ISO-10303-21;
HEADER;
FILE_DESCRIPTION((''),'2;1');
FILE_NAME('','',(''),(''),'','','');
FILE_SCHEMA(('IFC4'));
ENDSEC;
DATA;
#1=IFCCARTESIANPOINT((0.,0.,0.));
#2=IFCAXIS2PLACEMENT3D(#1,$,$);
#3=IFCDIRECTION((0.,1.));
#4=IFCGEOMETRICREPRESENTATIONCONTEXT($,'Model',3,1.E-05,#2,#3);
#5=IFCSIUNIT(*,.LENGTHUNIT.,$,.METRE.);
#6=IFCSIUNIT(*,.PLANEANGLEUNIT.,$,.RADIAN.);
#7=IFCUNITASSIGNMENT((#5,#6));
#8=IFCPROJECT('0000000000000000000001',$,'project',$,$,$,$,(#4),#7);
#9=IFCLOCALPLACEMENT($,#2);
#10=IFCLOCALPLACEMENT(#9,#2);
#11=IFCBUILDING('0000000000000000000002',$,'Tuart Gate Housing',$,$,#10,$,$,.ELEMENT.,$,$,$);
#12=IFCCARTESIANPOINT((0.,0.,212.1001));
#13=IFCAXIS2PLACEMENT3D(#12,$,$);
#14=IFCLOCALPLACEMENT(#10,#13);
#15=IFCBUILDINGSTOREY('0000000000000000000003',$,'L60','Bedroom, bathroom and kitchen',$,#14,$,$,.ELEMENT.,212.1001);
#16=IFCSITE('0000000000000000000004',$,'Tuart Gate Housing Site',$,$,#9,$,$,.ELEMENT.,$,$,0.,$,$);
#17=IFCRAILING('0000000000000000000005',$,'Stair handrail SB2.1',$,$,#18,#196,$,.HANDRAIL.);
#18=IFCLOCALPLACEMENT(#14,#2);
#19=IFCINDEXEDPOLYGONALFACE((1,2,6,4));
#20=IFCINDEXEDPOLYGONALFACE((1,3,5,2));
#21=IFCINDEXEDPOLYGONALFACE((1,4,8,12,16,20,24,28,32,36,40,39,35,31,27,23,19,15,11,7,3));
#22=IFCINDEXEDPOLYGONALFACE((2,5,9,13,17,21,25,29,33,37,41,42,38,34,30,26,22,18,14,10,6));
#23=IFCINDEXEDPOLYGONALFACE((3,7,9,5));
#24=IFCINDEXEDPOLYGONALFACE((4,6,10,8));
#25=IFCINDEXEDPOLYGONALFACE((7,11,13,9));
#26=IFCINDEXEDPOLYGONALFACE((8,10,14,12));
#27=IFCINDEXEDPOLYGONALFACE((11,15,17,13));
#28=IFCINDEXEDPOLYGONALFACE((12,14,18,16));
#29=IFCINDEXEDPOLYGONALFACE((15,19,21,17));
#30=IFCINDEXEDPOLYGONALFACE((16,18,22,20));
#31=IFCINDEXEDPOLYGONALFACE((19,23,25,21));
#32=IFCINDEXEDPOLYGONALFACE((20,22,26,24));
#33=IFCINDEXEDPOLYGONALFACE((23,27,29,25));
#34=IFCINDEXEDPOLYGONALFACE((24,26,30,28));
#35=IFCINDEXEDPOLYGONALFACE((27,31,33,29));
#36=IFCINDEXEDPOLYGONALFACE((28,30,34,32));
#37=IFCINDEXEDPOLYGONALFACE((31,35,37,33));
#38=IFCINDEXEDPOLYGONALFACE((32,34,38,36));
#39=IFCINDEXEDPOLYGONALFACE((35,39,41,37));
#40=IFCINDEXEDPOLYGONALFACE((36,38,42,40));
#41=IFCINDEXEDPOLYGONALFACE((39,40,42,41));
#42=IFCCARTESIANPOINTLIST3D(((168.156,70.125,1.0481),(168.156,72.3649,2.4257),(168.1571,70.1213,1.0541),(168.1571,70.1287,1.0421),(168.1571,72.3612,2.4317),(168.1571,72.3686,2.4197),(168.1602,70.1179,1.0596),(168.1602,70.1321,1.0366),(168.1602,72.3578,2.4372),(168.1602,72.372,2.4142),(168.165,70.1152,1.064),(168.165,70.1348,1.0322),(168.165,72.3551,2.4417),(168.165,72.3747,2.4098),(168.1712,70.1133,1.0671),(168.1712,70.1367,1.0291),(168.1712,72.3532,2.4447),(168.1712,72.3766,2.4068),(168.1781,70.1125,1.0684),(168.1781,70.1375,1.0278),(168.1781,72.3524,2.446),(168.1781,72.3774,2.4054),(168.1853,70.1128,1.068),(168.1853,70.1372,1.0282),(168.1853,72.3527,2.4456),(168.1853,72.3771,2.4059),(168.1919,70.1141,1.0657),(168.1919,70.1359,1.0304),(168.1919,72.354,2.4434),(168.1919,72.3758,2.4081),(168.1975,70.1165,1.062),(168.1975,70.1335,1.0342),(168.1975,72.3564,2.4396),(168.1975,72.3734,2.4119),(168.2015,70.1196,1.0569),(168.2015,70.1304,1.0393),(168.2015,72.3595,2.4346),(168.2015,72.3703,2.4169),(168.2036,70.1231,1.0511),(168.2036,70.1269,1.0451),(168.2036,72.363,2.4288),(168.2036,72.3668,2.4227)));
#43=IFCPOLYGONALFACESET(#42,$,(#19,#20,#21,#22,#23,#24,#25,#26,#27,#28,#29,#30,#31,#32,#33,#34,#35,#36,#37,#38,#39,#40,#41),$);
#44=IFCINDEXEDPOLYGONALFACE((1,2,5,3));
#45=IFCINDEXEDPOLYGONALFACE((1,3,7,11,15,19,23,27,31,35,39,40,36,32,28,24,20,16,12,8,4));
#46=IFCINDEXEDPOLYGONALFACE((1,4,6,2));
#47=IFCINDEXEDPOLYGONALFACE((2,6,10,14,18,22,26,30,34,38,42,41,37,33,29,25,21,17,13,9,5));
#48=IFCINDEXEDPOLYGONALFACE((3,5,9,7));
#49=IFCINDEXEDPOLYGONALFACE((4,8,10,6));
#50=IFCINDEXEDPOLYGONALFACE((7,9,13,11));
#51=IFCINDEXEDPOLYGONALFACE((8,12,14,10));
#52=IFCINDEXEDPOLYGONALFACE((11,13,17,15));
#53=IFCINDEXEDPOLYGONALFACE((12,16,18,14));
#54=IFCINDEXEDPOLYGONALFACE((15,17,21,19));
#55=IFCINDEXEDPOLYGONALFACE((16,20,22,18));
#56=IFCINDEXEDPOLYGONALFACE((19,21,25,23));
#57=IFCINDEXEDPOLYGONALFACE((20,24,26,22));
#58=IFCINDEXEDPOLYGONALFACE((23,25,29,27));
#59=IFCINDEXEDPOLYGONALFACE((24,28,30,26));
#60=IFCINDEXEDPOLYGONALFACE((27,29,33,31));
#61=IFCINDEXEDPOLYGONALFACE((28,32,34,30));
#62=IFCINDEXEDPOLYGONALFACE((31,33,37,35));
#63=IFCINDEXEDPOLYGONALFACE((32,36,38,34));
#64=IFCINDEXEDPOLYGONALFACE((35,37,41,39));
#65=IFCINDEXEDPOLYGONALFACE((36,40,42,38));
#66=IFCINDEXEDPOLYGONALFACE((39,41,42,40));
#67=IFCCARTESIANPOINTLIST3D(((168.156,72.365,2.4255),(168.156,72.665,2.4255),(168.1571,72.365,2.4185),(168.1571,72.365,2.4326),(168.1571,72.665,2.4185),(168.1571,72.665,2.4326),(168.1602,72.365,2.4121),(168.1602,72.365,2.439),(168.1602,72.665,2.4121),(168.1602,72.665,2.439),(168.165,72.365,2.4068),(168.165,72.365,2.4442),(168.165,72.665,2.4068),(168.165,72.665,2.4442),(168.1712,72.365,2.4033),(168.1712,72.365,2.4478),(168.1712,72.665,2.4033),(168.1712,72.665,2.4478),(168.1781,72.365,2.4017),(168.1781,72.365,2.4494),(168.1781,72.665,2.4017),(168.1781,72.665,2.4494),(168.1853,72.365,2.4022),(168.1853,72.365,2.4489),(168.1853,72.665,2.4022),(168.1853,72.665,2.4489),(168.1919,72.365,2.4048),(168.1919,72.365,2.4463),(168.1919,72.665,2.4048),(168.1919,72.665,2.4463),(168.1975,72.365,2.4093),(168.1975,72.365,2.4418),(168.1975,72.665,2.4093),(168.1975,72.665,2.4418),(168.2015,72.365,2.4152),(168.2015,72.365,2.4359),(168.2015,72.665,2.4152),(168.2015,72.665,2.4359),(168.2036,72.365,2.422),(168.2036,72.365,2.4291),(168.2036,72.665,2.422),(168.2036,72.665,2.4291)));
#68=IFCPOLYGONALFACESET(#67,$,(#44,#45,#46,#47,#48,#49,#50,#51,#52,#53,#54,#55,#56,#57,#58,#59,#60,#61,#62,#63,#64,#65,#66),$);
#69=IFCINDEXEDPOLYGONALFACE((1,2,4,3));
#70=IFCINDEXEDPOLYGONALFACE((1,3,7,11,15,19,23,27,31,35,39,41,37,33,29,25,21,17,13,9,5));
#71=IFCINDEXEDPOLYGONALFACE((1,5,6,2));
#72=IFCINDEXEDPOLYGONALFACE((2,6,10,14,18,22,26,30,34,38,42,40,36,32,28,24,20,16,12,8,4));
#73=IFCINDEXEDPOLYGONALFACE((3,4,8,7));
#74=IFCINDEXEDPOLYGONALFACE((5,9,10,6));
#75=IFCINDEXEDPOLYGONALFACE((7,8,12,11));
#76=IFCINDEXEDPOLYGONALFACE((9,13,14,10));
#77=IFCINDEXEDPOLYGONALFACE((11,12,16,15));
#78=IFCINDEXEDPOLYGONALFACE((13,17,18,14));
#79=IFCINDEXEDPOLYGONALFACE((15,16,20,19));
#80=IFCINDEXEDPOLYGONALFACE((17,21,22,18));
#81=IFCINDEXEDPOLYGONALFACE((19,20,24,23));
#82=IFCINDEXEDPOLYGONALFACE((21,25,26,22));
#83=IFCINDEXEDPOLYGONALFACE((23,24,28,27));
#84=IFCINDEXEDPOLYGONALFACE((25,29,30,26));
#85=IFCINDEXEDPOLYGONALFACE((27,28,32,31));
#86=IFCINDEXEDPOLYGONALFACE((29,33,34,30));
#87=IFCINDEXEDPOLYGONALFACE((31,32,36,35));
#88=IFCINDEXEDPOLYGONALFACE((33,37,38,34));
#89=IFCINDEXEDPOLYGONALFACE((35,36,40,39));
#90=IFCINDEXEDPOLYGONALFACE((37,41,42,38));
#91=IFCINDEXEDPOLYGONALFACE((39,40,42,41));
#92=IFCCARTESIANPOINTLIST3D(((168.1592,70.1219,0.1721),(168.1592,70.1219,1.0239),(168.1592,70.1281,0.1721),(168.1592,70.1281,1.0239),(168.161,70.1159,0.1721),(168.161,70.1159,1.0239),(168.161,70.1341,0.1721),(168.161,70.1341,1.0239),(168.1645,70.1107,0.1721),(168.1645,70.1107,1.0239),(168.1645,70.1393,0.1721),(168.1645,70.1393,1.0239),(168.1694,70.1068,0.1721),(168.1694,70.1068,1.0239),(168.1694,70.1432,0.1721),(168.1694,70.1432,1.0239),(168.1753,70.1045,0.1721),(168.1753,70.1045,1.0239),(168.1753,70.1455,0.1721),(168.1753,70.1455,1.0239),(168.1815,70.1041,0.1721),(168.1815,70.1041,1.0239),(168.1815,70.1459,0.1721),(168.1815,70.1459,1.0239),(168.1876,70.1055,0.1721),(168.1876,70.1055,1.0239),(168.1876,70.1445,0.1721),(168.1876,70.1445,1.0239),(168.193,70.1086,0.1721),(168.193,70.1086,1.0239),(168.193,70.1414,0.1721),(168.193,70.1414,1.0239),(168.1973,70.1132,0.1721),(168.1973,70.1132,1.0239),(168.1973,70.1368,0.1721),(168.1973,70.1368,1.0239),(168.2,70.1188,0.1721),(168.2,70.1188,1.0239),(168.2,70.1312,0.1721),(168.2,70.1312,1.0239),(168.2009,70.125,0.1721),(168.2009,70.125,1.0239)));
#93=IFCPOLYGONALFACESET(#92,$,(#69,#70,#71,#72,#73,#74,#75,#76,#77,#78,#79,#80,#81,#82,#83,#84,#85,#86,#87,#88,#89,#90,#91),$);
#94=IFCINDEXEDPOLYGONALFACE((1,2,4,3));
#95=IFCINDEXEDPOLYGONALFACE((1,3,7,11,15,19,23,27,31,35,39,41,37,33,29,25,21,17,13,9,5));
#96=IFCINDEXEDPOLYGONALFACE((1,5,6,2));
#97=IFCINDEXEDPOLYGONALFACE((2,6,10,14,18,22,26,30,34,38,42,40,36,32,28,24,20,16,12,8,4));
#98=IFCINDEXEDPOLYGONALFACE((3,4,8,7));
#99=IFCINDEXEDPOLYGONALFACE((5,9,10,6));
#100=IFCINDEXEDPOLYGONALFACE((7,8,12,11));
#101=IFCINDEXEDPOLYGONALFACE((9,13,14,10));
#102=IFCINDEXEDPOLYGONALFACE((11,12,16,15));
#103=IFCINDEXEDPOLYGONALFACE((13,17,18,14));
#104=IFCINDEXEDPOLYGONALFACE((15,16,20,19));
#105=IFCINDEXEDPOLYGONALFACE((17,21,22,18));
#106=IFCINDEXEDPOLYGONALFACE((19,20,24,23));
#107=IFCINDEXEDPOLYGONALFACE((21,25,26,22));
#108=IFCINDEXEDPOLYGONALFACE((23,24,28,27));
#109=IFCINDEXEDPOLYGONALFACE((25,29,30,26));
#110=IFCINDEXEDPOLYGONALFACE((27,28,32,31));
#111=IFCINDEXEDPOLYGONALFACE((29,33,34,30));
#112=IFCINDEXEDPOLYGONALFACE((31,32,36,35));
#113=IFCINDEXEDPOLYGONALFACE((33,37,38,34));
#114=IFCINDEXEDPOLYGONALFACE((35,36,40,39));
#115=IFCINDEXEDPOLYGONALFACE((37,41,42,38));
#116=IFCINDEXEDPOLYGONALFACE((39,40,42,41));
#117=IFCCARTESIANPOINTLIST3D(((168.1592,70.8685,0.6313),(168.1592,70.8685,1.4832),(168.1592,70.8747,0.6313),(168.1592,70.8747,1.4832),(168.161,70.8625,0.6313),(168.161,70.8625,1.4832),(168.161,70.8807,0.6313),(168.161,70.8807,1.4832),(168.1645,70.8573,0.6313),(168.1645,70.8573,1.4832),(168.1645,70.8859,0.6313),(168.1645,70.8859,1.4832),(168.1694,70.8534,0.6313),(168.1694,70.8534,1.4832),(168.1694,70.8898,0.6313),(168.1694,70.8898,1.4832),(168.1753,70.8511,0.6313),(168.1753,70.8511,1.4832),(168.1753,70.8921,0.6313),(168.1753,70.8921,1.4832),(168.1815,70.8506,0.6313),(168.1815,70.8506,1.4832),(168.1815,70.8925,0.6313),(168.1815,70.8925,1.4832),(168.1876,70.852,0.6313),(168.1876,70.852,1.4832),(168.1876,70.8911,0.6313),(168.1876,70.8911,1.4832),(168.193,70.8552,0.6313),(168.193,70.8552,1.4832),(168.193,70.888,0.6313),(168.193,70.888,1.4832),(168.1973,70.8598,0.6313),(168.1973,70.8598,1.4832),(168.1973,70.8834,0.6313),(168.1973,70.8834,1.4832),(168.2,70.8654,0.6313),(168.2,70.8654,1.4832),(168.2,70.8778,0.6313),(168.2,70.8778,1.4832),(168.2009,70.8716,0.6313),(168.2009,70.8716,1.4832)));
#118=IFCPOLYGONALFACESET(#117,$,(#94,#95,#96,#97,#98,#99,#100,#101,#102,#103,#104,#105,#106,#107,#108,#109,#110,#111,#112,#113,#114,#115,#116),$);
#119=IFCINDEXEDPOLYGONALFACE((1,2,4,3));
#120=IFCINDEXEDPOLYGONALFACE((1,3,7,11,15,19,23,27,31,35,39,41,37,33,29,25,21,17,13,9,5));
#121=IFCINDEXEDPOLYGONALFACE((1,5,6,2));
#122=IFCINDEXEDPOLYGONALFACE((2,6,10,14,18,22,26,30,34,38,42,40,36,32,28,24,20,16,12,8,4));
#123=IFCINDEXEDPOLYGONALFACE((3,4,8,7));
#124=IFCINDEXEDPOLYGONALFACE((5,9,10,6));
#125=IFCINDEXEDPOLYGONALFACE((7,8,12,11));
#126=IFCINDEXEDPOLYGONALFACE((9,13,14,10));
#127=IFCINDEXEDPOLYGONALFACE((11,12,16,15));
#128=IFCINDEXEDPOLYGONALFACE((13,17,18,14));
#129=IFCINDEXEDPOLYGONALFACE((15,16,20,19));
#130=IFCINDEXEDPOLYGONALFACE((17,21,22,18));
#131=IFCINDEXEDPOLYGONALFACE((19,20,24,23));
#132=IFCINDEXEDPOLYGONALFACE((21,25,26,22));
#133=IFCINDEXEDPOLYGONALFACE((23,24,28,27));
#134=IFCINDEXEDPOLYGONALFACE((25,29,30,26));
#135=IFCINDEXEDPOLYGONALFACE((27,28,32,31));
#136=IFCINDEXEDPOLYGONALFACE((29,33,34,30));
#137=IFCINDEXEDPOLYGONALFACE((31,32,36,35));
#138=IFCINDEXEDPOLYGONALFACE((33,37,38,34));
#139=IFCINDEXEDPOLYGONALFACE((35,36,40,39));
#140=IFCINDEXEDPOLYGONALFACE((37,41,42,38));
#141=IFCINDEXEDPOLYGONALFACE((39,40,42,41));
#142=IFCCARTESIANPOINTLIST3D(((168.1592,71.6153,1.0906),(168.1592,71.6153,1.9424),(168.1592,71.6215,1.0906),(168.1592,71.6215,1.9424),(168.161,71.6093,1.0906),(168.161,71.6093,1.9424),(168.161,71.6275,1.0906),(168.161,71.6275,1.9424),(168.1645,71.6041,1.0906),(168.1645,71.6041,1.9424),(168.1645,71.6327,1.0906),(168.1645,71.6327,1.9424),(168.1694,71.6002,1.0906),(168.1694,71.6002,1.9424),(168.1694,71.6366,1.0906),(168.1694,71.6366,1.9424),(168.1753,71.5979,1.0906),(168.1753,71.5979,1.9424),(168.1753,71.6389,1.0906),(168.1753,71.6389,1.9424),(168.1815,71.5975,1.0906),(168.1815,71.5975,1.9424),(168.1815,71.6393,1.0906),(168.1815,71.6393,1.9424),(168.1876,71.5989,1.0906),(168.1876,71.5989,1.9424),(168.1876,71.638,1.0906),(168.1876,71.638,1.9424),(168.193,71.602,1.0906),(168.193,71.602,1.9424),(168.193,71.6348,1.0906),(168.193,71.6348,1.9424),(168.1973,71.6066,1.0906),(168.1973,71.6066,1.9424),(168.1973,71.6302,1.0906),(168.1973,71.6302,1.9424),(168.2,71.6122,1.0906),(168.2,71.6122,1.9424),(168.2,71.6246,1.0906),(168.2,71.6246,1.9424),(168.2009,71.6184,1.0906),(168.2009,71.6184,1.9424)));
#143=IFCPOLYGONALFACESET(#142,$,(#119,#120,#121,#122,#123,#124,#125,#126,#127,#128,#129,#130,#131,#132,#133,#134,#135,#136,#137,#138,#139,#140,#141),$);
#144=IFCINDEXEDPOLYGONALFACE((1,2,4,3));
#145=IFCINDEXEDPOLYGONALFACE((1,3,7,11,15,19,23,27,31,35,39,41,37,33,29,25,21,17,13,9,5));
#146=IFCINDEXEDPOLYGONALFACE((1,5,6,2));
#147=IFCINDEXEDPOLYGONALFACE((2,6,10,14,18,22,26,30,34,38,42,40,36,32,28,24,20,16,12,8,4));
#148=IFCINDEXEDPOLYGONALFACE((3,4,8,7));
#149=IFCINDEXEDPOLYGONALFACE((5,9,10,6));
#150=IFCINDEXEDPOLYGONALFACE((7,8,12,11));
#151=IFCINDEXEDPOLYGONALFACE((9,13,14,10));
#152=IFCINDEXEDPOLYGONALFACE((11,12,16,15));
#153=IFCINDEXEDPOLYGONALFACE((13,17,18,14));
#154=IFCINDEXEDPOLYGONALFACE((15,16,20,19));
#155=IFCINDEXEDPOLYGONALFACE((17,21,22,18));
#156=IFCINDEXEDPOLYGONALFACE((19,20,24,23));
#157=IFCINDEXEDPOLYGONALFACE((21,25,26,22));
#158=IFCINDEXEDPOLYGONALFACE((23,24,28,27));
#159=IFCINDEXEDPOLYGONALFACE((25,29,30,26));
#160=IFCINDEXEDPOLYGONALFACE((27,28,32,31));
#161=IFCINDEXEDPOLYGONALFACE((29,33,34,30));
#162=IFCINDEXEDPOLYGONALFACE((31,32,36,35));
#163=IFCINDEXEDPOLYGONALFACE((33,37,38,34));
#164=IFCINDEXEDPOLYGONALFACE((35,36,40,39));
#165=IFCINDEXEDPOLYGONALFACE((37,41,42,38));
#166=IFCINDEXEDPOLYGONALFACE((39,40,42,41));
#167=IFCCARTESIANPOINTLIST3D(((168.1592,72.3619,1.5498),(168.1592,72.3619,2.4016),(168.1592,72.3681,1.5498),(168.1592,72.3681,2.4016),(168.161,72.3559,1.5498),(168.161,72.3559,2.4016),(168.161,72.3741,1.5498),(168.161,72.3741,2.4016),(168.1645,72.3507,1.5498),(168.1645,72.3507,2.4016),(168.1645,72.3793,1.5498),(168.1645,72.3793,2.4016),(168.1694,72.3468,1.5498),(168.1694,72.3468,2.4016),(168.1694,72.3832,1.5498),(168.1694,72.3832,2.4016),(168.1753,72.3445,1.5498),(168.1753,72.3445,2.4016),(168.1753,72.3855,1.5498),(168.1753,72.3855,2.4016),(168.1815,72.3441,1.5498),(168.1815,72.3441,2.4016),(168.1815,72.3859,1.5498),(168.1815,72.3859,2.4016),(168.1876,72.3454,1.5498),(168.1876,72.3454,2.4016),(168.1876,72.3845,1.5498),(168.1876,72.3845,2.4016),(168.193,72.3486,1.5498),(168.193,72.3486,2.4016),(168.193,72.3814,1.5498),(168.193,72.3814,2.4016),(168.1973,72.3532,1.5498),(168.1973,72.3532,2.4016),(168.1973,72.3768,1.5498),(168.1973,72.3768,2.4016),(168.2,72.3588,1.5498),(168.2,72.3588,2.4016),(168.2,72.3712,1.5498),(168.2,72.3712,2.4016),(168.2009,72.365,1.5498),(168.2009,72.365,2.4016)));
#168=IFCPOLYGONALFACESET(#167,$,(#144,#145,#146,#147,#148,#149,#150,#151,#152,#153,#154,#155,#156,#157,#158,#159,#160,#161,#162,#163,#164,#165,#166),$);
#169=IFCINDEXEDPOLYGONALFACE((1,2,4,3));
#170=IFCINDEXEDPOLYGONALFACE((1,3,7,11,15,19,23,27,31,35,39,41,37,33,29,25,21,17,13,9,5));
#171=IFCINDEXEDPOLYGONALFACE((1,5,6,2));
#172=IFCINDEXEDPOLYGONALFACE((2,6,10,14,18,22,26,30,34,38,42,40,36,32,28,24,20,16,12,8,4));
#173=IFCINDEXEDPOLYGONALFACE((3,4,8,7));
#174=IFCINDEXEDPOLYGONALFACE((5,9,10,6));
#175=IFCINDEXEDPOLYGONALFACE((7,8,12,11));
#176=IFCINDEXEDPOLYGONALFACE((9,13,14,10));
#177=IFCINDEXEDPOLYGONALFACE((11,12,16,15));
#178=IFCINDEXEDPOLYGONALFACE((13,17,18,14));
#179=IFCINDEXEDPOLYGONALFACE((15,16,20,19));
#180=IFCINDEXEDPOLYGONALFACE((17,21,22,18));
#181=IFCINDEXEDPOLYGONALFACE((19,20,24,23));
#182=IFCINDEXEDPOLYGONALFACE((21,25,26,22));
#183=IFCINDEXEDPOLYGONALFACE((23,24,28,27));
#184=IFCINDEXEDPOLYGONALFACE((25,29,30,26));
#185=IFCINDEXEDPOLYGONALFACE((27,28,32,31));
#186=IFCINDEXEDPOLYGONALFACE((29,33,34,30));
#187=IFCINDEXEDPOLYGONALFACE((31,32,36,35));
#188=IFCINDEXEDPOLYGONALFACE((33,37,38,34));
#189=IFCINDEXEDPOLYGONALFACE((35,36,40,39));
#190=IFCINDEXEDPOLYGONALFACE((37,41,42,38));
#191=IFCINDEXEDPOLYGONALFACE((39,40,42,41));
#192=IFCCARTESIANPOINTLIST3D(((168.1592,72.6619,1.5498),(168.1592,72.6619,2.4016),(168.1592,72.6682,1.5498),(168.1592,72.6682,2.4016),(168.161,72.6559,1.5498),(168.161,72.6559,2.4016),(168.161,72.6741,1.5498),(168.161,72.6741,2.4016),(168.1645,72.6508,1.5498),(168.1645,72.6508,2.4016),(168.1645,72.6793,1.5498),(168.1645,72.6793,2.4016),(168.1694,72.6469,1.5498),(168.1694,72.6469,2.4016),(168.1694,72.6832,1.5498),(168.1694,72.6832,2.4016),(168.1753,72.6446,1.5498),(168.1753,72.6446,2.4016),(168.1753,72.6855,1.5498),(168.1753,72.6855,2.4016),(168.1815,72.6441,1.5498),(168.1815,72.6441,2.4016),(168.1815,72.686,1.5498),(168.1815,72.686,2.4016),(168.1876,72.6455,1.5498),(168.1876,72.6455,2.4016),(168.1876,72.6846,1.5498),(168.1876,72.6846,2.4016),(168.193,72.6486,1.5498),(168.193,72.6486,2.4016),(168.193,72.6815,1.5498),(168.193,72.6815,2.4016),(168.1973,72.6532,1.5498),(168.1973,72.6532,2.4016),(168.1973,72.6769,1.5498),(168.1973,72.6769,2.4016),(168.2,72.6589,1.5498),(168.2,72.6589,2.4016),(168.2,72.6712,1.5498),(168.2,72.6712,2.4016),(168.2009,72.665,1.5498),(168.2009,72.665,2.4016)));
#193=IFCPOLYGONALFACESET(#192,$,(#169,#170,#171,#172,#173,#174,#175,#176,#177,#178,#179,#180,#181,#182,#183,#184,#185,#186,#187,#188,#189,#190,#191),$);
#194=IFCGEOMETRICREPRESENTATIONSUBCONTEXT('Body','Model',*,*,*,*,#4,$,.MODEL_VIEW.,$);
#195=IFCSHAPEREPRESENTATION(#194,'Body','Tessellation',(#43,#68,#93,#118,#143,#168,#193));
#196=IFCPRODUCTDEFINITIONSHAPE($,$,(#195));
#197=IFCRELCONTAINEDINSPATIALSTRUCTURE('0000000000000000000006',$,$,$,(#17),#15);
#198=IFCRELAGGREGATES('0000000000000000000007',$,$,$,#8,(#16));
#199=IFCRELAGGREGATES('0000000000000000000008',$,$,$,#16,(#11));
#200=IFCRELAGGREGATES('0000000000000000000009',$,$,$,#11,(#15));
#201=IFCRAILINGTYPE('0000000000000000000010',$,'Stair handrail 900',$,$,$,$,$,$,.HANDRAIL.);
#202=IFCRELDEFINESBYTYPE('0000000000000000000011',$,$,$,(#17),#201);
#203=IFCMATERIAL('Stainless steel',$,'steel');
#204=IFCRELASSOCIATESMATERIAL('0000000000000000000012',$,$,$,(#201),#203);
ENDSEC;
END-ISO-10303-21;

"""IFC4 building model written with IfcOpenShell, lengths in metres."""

from ifc_helpers import new_model, si_unit, direction, frame, origin, origin_2d, place, context, subcontext, project, spatial, circle, extrude, material, type_object, element, save


model = new_model("IFC4")

# Units and contexts
model_context = context("Model", 3, precision=1e-05, world=origin(), true_north=direction((0.0, 1.0)))
body_context = subcontext(model_context, "Body", "Model", "MODEL_VIEW")
ifc_project = project(units=[si_unit("LENGTHUNIT", "METRE"), si_unit("PLANEANGLEUNIT", "RADIAN")], contexts=[model_context])

# Site, building, storey
site_placement = place(None, origin())
site = spatial("IfcSite", under=ifc_project, at=site_placement, Name="Tuart Gate Housing Site", CompositionType="ELEMENT", RefElevation=0.0)
building_placement = place(site_placement, origin())
building = spatial("IfcBuilding", under=site, at=building_placement, Name="Tuart Gate Housing", CompositionType="ELEMENT")
storey_placement = place(building_placement, frame((0.0, 0.0, 212.1001)))
storey = spatial("IfcBuildingStorey", under=building, at=storey_placement, Name="L60", Description="Bedroom, bathroom and kitchen", CompositionType="ELEMENT", Elevation=212.1001)

# Railing
ifc_material_1 = material(Name="Stainless steel", Category="steel")
railing_type = type_object("IfcRailingType", Name="Stair handrail 900", PredefinedType="HANDRAIL", material=ifc_material_1)
railing_placement = place(storey_placement, frame((168.1799, 70.125, 0.1721)))
element("IfcRailing", 1, at=railing_placement, inside=storey, type_object=railing_type, Name="Stair handrail SB2.1", PredefinedType="HANDRAIL", context=body_context, shape_type="SweptSolid", body=[
    extrude(circle(Radius=0.0239, at=origin_2d()), frame((0.0, 0.0, 0.876), z_axis=(0.0, 0.851789, 0.523885), x_axis=(-1.0, 0.0, 0.0)), (0.0, 0.0, 1.0), 2.6296),
    extrude(circle(Radius=0.0239, at=origin_2d()), frame((0.0, 2.24, 2.2534), z_axis=(0.0, 1.0, 0.0), x_axis=(-1.0, 0.0, 0.0)), (0.0, 0.0, 1.0), 0.3),
    extrude(circle(Radius=0.021, at=origin_2d()), origin(), (0.0, 0.0, 1.0), 0.8518),
    extrude(circle(Radius=0.021, at=origin_2d()), frame((0.0, 0.7466, 0.4592)), (0.0, 0.0, 1.0), 0.8518),
    extrude(circle(Radius=0.021, at=origin_2d()), frame((0.0, 1.4934, 0.9185)), (0.0, 0.0, 1.0), 0.8518),
    extrude(circle(Radius=0.021, at=origin_2d()), frame((0.0, 2.24, 1.3777)), (0.0, 0.0, 1.0), 0.8518),
    extrude(circle(Radius=0.021, at=origin_2d()), frame((0.0, 2.54, 1.3777)), (0.0, 0.0, 1.0), 0.8518),
])

save(model, "model.ifc")
